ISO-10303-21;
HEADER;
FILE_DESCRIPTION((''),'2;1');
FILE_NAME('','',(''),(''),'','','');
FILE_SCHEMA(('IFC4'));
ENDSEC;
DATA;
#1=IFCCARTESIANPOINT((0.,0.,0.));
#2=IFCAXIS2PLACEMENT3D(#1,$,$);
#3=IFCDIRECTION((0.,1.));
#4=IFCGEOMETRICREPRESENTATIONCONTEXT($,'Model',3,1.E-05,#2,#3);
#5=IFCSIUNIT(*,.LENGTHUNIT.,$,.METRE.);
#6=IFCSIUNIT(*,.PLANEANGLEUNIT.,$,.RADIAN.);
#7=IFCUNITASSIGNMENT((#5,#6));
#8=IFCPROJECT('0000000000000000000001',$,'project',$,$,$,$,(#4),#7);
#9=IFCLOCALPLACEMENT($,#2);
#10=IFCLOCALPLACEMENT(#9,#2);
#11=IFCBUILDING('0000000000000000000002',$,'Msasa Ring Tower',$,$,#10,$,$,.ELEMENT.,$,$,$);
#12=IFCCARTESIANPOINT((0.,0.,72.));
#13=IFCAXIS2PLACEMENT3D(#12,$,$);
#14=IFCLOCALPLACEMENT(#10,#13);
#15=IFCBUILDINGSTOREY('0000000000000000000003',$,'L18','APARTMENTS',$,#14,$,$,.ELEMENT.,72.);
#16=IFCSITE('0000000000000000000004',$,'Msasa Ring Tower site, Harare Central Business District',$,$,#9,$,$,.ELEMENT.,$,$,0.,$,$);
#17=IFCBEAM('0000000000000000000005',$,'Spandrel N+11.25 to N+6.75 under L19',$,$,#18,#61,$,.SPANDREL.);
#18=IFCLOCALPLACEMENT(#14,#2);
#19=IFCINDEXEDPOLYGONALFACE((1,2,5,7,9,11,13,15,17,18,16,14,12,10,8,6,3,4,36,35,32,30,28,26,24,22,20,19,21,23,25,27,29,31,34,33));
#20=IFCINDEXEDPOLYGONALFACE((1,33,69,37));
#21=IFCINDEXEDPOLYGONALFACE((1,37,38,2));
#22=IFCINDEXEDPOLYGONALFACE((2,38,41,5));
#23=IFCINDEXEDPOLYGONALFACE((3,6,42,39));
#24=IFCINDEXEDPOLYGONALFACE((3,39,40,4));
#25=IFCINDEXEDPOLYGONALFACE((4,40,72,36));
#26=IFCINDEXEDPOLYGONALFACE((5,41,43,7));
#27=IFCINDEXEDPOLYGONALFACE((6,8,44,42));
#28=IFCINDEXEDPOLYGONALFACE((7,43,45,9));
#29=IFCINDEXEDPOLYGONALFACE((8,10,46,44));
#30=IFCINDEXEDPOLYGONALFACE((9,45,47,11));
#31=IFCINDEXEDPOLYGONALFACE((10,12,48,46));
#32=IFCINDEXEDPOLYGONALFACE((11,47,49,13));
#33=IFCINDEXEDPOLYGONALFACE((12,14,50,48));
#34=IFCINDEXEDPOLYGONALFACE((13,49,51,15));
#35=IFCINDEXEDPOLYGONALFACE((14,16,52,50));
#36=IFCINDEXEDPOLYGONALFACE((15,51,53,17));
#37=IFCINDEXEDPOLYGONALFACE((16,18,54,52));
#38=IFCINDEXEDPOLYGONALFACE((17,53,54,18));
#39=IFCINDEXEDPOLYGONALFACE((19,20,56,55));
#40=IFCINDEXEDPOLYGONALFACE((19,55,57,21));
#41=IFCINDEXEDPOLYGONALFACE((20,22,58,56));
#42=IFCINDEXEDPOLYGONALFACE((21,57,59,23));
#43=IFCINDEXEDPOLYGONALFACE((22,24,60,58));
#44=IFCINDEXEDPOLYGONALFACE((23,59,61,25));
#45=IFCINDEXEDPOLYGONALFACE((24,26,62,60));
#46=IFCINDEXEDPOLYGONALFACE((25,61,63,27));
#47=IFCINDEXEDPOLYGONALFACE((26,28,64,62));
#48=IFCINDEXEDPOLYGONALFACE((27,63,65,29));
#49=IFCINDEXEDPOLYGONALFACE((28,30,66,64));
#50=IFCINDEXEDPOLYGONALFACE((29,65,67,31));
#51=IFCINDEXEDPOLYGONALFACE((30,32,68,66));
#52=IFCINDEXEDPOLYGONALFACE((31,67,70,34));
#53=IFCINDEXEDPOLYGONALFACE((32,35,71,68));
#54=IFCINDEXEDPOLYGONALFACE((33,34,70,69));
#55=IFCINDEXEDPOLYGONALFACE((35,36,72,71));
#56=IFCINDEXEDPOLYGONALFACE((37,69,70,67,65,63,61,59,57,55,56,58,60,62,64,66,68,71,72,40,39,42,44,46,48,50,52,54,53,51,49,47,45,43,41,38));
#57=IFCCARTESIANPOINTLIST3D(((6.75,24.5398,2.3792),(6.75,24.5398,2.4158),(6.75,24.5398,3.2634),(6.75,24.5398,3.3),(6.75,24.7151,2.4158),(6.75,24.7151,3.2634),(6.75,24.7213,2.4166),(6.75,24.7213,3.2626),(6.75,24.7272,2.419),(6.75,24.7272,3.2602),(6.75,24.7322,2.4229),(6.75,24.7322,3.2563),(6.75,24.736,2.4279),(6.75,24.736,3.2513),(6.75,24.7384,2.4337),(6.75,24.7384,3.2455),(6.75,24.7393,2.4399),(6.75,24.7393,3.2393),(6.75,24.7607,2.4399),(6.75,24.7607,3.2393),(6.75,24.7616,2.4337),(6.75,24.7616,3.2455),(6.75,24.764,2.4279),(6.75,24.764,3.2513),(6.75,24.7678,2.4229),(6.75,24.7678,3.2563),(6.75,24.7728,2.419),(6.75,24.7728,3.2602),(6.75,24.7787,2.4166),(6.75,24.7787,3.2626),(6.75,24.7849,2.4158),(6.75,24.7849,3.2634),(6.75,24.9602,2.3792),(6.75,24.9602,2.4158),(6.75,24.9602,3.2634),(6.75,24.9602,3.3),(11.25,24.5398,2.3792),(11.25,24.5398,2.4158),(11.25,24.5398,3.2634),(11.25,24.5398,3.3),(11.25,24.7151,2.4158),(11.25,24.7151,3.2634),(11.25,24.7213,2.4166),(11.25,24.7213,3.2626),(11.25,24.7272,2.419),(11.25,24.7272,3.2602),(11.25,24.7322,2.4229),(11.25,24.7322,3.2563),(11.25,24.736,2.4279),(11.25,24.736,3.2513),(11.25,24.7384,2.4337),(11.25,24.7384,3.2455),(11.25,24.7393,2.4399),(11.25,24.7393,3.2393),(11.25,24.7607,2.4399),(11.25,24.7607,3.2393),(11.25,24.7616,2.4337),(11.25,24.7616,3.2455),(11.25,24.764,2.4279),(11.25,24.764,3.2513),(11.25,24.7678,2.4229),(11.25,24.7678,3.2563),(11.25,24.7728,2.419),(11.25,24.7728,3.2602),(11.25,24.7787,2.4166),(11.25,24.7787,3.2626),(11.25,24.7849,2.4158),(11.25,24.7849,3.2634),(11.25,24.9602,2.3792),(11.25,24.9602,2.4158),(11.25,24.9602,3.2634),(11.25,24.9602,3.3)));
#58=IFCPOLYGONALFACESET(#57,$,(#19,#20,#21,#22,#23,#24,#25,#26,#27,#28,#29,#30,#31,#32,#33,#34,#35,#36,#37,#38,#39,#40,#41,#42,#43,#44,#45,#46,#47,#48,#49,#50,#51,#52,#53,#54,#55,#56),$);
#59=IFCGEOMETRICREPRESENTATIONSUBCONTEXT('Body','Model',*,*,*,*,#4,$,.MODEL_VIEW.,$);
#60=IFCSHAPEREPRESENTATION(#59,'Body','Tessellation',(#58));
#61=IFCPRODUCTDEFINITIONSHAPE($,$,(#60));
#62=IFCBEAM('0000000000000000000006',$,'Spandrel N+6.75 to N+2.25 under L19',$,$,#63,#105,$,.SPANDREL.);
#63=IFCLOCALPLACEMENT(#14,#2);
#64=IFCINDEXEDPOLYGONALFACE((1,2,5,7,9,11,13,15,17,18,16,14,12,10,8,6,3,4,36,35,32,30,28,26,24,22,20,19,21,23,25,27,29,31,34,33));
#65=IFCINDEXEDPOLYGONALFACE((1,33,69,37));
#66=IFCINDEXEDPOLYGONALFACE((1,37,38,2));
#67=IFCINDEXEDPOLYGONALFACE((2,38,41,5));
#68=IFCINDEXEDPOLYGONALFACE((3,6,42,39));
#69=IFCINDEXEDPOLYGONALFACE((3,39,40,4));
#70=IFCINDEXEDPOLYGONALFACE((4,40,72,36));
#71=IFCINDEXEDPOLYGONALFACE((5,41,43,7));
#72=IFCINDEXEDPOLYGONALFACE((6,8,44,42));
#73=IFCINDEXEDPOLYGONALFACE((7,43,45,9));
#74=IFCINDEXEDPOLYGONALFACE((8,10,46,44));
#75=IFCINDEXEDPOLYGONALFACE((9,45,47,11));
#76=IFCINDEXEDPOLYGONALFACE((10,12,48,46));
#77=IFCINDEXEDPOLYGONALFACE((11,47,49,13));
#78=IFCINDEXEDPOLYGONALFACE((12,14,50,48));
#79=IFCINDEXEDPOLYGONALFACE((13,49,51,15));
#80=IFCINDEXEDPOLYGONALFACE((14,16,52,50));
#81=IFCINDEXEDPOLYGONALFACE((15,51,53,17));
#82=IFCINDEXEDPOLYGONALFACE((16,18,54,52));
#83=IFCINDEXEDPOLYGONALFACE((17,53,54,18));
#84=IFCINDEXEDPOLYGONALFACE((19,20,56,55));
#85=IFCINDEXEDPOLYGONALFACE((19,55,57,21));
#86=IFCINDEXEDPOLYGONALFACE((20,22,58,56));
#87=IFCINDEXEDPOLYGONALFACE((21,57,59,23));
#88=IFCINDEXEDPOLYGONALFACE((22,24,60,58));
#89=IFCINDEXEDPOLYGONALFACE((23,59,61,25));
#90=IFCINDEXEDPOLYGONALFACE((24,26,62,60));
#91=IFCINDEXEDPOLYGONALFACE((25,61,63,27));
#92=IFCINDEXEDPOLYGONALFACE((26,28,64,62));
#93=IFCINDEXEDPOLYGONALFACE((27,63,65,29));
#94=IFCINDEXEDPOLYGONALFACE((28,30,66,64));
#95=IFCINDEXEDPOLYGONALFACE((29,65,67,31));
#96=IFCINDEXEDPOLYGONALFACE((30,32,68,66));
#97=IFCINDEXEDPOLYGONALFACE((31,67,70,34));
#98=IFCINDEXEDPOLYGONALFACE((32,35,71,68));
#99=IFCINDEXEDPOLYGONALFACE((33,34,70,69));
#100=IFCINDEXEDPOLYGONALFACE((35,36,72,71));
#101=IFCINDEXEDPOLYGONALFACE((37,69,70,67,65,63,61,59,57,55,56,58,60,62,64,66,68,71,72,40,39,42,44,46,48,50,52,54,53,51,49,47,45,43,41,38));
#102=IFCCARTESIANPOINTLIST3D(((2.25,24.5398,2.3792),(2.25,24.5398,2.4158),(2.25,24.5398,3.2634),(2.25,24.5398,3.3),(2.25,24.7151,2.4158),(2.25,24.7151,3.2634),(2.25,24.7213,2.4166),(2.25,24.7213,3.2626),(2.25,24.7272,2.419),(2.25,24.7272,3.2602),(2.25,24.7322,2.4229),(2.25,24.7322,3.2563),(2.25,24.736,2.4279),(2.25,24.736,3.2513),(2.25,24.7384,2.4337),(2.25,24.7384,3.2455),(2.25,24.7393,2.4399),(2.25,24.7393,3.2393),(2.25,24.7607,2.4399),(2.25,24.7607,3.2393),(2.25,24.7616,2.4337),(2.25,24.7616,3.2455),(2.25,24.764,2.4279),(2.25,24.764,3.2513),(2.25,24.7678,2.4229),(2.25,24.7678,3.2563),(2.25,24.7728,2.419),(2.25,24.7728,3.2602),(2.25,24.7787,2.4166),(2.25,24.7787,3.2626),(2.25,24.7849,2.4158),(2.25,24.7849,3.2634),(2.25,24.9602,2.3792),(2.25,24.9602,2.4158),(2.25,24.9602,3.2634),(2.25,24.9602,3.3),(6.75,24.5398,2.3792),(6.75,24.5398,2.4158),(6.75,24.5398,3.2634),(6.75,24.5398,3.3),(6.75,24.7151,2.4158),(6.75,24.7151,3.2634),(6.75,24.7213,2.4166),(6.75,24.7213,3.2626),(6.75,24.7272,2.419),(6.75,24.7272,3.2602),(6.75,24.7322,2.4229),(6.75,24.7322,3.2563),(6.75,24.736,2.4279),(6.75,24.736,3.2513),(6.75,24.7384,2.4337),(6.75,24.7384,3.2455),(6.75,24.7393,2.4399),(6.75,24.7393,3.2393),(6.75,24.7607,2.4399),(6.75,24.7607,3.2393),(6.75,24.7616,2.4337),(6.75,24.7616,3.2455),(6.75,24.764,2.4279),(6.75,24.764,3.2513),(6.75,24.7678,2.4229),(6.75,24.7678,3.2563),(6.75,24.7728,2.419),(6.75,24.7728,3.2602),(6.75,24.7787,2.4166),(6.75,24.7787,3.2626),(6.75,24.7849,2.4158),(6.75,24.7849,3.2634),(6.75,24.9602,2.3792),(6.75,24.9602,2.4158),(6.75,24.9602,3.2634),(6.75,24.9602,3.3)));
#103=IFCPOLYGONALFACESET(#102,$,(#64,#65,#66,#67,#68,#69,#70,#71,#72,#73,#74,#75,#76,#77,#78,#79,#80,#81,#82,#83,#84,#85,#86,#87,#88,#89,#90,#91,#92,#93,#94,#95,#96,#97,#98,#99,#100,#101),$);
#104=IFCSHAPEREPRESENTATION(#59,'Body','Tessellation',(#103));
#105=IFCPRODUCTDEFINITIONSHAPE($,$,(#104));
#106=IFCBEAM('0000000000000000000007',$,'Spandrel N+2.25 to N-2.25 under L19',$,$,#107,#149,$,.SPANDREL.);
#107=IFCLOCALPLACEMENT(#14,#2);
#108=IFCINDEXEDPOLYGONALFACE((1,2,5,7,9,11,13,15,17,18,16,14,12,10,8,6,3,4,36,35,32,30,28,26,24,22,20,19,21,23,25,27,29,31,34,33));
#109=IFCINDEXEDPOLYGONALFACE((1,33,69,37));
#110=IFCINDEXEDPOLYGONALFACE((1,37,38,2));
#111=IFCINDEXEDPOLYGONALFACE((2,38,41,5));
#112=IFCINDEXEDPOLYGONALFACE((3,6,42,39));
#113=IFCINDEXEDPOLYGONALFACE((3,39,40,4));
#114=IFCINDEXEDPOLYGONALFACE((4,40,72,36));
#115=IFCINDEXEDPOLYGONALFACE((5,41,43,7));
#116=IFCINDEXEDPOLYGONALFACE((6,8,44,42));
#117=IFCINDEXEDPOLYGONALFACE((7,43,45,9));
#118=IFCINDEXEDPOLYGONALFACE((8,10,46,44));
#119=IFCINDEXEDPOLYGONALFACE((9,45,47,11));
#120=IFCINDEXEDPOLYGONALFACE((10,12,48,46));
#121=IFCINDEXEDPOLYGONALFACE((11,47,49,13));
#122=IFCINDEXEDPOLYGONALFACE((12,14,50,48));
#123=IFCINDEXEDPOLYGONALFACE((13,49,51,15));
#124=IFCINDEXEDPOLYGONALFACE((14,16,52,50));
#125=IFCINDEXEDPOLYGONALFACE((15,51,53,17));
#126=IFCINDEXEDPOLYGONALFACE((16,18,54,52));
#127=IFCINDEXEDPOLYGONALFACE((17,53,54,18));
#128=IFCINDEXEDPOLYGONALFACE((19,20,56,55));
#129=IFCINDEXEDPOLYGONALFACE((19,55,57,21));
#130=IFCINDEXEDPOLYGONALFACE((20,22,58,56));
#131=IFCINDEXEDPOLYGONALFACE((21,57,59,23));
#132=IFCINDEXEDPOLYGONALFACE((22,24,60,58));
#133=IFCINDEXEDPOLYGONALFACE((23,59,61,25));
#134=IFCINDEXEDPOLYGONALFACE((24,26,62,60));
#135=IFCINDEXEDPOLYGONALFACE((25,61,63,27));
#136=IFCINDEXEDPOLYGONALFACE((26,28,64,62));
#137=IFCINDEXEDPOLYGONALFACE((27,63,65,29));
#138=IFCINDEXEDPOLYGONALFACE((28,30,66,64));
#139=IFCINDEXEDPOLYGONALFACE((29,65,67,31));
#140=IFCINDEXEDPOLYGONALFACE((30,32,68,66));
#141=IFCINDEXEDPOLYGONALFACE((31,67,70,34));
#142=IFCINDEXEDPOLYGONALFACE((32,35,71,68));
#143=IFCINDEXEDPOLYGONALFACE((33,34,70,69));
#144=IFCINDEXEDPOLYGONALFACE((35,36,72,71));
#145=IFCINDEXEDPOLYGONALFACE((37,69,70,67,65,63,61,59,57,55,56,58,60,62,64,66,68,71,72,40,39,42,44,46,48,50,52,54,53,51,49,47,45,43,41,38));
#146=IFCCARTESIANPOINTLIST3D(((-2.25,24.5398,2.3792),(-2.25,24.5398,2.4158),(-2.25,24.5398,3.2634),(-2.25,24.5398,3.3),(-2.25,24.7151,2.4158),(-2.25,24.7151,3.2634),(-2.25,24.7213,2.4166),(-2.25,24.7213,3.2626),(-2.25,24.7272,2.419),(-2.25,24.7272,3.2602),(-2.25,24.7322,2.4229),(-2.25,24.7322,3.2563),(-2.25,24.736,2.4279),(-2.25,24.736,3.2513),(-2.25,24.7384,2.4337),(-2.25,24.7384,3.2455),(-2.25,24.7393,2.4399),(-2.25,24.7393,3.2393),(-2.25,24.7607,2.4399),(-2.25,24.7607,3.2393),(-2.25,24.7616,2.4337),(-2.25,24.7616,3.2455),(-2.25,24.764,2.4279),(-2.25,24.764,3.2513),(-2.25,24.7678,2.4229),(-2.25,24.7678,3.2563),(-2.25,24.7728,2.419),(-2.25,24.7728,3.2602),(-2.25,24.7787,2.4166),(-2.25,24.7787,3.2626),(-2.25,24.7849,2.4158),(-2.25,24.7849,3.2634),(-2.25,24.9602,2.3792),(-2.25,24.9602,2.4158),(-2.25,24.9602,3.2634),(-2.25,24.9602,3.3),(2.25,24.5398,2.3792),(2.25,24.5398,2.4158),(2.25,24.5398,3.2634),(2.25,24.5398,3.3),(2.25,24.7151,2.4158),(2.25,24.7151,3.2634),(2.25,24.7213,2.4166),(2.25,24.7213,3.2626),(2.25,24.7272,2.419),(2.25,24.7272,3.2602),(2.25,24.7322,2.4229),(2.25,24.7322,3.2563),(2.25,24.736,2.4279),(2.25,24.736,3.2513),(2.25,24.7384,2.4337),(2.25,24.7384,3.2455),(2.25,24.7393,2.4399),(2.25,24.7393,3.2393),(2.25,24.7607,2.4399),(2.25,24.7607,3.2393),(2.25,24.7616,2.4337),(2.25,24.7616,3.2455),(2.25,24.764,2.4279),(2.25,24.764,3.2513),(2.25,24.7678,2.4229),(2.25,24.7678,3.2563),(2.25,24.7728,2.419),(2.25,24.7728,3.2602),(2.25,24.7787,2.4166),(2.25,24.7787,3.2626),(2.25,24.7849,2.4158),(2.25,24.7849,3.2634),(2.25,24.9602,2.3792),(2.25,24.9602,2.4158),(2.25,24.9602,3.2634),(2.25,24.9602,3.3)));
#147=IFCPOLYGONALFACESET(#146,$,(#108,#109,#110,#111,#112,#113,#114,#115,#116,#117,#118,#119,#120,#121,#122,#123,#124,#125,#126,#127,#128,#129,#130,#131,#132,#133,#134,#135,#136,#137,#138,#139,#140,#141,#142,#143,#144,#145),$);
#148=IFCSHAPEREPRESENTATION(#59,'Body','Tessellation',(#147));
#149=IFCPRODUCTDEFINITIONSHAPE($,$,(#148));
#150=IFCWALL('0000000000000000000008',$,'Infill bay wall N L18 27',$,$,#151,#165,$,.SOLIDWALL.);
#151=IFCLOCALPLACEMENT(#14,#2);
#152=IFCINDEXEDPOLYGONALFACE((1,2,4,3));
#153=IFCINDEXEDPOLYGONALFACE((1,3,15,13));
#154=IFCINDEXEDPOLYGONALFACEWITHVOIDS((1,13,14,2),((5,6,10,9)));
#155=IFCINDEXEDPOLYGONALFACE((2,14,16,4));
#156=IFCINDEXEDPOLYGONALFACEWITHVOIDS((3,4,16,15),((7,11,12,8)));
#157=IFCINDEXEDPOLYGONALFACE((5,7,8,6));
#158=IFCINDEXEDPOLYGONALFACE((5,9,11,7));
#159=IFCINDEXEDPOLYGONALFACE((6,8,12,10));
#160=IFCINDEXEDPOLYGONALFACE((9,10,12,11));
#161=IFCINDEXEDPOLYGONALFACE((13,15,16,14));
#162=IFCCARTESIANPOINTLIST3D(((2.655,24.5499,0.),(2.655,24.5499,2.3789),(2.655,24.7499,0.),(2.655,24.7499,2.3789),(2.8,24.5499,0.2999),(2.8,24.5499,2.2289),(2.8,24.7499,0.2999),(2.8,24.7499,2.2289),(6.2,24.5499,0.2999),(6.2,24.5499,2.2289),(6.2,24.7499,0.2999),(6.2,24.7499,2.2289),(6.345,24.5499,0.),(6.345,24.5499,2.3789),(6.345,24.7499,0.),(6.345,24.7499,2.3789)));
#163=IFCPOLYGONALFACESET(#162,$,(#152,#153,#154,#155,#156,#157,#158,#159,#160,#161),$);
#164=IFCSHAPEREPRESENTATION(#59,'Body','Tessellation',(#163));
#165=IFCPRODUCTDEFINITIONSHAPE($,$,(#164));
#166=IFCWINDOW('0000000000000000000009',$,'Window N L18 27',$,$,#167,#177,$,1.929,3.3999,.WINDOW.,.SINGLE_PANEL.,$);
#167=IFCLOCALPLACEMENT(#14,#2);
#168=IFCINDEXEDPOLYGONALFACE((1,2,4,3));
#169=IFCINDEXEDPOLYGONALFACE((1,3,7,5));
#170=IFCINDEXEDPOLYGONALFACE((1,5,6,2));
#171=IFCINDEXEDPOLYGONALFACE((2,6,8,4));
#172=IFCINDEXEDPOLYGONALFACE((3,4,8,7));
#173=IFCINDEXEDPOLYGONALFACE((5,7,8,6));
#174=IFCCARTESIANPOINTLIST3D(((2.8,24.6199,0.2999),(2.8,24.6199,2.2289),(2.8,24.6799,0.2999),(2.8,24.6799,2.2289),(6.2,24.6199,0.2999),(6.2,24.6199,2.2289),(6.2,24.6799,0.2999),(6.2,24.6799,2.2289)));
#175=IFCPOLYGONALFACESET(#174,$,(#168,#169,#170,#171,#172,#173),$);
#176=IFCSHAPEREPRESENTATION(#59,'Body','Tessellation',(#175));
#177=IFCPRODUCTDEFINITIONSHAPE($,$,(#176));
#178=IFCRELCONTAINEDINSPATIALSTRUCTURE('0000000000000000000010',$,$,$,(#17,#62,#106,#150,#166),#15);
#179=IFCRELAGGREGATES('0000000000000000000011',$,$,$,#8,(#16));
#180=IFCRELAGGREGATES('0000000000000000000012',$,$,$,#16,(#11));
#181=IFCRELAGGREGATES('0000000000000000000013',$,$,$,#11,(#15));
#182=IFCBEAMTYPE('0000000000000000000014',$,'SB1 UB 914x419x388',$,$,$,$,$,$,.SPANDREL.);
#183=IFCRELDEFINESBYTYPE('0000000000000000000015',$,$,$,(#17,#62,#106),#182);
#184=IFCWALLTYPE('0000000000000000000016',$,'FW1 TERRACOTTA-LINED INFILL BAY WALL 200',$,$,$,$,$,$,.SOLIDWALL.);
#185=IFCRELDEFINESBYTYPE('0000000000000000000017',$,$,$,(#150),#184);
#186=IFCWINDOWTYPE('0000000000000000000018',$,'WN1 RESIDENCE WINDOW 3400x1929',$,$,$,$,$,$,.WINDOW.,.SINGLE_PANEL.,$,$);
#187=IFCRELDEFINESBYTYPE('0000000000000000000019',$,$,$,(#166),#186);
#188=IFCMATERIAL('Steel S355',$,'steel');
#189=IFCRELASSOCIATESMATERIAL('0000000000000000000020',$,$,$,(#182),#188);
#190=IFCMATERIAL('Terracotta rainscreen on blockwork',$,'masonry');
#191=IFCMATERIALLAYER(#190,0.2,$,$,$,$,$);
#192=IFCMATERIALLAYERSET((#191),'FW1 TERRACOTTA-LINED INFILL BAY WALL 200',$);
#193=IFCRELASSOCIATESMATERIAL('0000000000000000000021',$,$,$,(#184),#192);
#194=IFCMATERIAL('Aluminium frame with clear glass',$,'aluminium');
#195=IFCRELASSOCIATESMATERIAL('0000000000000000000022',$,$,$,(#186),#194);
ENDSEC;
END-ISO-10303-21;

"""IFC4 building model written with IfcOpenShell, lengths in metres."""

from ifc_helpers import new_model, si_unit, direction, frame, frame_2d, origin, origin_2d, place, context, subcontext, project, spatial, rectangle, i_section, extrude, material, layer, layer_set, material_profile, profile_set, type_object, element, fill, save


model = new_model("IFC4")

# Units and contexts
model_context = context("Model", 3, precision=1e-05, world=origin(), true_north=direction((0.0, 1.0)))
body_context = subcontext(model_context, "Body", "Model", "MODEL_VIEW")
ifc_project = project(units=[si_unit("LENGTHUNIT", "METRE"), si_unit("PLANEANGLEUNIT", "RADIAN")], contexts=[model_context])

# Site, building, storey
site_placement = place(None, origin())
site = spatial("IfcSite", under=ifc_project, at=site_placement, Name="Msasa Ring Tower site, Harare Central Business District", CompositionType="ELEMENT", RefElevation=0.0)
building_placement = place(site_placement, origin())
building = spatial("IfcBuilding", under=site, at=building_placement, Name="Msasa Ring Tower", CompositionType="ELEMENT")
storey_placement = place(building_placement, frame((0.0, 0.0, 72.0)))
storey = spatial("IfcBuildingStorey", under=building, at=storey_placement, Name="L18", Description="APARTMENTS", CompositionType="ELEMENT", Elevation=72.0)

# Beams
ifc_material_1 = material(Name="Steel S355", Category="steel")
ifc_material_profile_1 = material_profile(ifc_material_1, i_section(OverallWidth=0.4204, OverallDepth=0.9209, WebThickness=0.0215, FlangeThickness=0.0366, FilletRadius=0.0242, at=origin_2d()), Name="UB 914x419x388")
ifc_profile_set_1 = profile_set([ifc_material_profile_1], Name="Steel S355")
beam_type_1 = type_object("IfcBeamType", Name="SB1 UB 914x419x388", PredefinedType="SPANDREL", material=ifc_profile_set_1)
for number, where, z_axis, x_axis, name in (
    (1, (11.25, 24.75, 2.8396), (-1.0, 0.0, 0.0), (0.0, -1.0, 0.0), "Spandrel N+11.25 to N+6.75 under L19"),
    (2, (6.75, 24.75, 2.8396), (-1.0, 0.0, 0.0), (0.0, -1.0, 0.0), "Spandrel N+6.75 to N+2.25 under L19"),
    (3, (2.25, 24.75, 2.8396), (-1.0, 0.0, 0.0), (0.0, -1.0, 0.0), "Spandrel N+2.25 to N-2.25 under L19"),
):
    element("IfcBeam", number, at=place(storey_placement, frame(where, z_axis=z_axis, x_axis=x_axis)), inside=storey, type_object=beam_type_1, Name=name, PredefinedType="SPANDREL", context=body_context, shape_type="SweptSolid", body=[
        extrude(i_section(OverallWidth=0.4204, OverallDepth=0.9209, WebThickness=0.0215, FlangeThickness=0.0366, FilletRadius=0.0242, at=origin_2d()), origin(), (0.0, 0.0, 1.0), 4.5),
    ])

# Wall, opening, window
ifc_material_2 = material(Name="Terracotta rainscreen on blockwork", Category="masonry")
ifc_layer_1 = layer(ifc_material_2, 0.2)
ifc_layer_set_1 = layer_set([ifc_layer_1], Name="FW1 TERRACOTTA-LINED INFILL BAY WALL 200")
wall_type_1 = type_object("IfcWallType", Name="FW1 TERRACOTTA-LINED INFILL BAY WALL 200", PredefinedType="SOLIDWALL", material=ifc_layer_set_1)
wall_1_placement = place(storey_placement, frame((2.655, 24.6499, 0.0), z_axis=(0.0, 0.0, 1.0), x_axis=(1.0, 0.0, 0.0)))
wall_1 = element("IfcWall", 4, at=wall_1_placement, inside=storey, type_object=wall_type_1, Name="Infill bay wall N L18 27", PredefinedType="SOLIDWALL", context=body_context, shape_type="SweptSolid", body=[
    extrude(rectangle(XDim=3.6899, YDim=0.2, at=frame_2d((1.845, 0.0))), origin(), (0.0, 0.0, 1.0), 2.3789),
])
opening_1_placement = place(wall_1_placement, frame((0.145, 0.0, 0.3)))
opening_1 = element("IfcOpeningElement", 5, at=opening_1_placement, cuts=wall_1, PredefinedType="OPENING", context=body_context, shape_type="SweptSolid", body=[
    extrude(rectangle(XDim=3.3999, YDim=1.929, at=frame_2d((1.7, 0.9644))), frame((0.0, 0.1099, 0.0), z_axis=(0.0, -1.0, 0.0), x_axis=(1.0, 0.0, 0.0)), (0.0, 0.0, 1.0), 0.22),
])
ifc_material_3 = material(Name="Aluminium frame with clear glass", Category="aluminium")
window_type = type_object("IfcWindowType", Name="WN1 RESIDENCE WINDOW 3400x1929", PartitioningType="SINGLE_PANEL", PredefinedType="WINDOW", material=ifc_material_3)
window_1_placement = place(opening_1_placement, origin())
window_1 = element("IfcWindow", 6, at=window_1_placement, inside=storey, type_object=window_type, Name="Window N L18 27", OverallHeight=1.929, OverallWidth=3.3999, PartitioningType="SINGLE_PANEL", PredefinedType="WINDOW", context=body_context, shape_type="SweptSolid", body=[
    extrude(rectangle(XDim=3.3999, YDim=1.929, at=frame_2d((1.7, 0.9644))), frame((0.0, 0.03, 0.0), z_axis=(0.0, -1.0, 0.0), x_axis=(1.0, 0.0, 0.0)), (0.0, 0.0, 1.0), 0.0601),
])
fill(opening_1, window_1)

save(model, "model.ifc")
